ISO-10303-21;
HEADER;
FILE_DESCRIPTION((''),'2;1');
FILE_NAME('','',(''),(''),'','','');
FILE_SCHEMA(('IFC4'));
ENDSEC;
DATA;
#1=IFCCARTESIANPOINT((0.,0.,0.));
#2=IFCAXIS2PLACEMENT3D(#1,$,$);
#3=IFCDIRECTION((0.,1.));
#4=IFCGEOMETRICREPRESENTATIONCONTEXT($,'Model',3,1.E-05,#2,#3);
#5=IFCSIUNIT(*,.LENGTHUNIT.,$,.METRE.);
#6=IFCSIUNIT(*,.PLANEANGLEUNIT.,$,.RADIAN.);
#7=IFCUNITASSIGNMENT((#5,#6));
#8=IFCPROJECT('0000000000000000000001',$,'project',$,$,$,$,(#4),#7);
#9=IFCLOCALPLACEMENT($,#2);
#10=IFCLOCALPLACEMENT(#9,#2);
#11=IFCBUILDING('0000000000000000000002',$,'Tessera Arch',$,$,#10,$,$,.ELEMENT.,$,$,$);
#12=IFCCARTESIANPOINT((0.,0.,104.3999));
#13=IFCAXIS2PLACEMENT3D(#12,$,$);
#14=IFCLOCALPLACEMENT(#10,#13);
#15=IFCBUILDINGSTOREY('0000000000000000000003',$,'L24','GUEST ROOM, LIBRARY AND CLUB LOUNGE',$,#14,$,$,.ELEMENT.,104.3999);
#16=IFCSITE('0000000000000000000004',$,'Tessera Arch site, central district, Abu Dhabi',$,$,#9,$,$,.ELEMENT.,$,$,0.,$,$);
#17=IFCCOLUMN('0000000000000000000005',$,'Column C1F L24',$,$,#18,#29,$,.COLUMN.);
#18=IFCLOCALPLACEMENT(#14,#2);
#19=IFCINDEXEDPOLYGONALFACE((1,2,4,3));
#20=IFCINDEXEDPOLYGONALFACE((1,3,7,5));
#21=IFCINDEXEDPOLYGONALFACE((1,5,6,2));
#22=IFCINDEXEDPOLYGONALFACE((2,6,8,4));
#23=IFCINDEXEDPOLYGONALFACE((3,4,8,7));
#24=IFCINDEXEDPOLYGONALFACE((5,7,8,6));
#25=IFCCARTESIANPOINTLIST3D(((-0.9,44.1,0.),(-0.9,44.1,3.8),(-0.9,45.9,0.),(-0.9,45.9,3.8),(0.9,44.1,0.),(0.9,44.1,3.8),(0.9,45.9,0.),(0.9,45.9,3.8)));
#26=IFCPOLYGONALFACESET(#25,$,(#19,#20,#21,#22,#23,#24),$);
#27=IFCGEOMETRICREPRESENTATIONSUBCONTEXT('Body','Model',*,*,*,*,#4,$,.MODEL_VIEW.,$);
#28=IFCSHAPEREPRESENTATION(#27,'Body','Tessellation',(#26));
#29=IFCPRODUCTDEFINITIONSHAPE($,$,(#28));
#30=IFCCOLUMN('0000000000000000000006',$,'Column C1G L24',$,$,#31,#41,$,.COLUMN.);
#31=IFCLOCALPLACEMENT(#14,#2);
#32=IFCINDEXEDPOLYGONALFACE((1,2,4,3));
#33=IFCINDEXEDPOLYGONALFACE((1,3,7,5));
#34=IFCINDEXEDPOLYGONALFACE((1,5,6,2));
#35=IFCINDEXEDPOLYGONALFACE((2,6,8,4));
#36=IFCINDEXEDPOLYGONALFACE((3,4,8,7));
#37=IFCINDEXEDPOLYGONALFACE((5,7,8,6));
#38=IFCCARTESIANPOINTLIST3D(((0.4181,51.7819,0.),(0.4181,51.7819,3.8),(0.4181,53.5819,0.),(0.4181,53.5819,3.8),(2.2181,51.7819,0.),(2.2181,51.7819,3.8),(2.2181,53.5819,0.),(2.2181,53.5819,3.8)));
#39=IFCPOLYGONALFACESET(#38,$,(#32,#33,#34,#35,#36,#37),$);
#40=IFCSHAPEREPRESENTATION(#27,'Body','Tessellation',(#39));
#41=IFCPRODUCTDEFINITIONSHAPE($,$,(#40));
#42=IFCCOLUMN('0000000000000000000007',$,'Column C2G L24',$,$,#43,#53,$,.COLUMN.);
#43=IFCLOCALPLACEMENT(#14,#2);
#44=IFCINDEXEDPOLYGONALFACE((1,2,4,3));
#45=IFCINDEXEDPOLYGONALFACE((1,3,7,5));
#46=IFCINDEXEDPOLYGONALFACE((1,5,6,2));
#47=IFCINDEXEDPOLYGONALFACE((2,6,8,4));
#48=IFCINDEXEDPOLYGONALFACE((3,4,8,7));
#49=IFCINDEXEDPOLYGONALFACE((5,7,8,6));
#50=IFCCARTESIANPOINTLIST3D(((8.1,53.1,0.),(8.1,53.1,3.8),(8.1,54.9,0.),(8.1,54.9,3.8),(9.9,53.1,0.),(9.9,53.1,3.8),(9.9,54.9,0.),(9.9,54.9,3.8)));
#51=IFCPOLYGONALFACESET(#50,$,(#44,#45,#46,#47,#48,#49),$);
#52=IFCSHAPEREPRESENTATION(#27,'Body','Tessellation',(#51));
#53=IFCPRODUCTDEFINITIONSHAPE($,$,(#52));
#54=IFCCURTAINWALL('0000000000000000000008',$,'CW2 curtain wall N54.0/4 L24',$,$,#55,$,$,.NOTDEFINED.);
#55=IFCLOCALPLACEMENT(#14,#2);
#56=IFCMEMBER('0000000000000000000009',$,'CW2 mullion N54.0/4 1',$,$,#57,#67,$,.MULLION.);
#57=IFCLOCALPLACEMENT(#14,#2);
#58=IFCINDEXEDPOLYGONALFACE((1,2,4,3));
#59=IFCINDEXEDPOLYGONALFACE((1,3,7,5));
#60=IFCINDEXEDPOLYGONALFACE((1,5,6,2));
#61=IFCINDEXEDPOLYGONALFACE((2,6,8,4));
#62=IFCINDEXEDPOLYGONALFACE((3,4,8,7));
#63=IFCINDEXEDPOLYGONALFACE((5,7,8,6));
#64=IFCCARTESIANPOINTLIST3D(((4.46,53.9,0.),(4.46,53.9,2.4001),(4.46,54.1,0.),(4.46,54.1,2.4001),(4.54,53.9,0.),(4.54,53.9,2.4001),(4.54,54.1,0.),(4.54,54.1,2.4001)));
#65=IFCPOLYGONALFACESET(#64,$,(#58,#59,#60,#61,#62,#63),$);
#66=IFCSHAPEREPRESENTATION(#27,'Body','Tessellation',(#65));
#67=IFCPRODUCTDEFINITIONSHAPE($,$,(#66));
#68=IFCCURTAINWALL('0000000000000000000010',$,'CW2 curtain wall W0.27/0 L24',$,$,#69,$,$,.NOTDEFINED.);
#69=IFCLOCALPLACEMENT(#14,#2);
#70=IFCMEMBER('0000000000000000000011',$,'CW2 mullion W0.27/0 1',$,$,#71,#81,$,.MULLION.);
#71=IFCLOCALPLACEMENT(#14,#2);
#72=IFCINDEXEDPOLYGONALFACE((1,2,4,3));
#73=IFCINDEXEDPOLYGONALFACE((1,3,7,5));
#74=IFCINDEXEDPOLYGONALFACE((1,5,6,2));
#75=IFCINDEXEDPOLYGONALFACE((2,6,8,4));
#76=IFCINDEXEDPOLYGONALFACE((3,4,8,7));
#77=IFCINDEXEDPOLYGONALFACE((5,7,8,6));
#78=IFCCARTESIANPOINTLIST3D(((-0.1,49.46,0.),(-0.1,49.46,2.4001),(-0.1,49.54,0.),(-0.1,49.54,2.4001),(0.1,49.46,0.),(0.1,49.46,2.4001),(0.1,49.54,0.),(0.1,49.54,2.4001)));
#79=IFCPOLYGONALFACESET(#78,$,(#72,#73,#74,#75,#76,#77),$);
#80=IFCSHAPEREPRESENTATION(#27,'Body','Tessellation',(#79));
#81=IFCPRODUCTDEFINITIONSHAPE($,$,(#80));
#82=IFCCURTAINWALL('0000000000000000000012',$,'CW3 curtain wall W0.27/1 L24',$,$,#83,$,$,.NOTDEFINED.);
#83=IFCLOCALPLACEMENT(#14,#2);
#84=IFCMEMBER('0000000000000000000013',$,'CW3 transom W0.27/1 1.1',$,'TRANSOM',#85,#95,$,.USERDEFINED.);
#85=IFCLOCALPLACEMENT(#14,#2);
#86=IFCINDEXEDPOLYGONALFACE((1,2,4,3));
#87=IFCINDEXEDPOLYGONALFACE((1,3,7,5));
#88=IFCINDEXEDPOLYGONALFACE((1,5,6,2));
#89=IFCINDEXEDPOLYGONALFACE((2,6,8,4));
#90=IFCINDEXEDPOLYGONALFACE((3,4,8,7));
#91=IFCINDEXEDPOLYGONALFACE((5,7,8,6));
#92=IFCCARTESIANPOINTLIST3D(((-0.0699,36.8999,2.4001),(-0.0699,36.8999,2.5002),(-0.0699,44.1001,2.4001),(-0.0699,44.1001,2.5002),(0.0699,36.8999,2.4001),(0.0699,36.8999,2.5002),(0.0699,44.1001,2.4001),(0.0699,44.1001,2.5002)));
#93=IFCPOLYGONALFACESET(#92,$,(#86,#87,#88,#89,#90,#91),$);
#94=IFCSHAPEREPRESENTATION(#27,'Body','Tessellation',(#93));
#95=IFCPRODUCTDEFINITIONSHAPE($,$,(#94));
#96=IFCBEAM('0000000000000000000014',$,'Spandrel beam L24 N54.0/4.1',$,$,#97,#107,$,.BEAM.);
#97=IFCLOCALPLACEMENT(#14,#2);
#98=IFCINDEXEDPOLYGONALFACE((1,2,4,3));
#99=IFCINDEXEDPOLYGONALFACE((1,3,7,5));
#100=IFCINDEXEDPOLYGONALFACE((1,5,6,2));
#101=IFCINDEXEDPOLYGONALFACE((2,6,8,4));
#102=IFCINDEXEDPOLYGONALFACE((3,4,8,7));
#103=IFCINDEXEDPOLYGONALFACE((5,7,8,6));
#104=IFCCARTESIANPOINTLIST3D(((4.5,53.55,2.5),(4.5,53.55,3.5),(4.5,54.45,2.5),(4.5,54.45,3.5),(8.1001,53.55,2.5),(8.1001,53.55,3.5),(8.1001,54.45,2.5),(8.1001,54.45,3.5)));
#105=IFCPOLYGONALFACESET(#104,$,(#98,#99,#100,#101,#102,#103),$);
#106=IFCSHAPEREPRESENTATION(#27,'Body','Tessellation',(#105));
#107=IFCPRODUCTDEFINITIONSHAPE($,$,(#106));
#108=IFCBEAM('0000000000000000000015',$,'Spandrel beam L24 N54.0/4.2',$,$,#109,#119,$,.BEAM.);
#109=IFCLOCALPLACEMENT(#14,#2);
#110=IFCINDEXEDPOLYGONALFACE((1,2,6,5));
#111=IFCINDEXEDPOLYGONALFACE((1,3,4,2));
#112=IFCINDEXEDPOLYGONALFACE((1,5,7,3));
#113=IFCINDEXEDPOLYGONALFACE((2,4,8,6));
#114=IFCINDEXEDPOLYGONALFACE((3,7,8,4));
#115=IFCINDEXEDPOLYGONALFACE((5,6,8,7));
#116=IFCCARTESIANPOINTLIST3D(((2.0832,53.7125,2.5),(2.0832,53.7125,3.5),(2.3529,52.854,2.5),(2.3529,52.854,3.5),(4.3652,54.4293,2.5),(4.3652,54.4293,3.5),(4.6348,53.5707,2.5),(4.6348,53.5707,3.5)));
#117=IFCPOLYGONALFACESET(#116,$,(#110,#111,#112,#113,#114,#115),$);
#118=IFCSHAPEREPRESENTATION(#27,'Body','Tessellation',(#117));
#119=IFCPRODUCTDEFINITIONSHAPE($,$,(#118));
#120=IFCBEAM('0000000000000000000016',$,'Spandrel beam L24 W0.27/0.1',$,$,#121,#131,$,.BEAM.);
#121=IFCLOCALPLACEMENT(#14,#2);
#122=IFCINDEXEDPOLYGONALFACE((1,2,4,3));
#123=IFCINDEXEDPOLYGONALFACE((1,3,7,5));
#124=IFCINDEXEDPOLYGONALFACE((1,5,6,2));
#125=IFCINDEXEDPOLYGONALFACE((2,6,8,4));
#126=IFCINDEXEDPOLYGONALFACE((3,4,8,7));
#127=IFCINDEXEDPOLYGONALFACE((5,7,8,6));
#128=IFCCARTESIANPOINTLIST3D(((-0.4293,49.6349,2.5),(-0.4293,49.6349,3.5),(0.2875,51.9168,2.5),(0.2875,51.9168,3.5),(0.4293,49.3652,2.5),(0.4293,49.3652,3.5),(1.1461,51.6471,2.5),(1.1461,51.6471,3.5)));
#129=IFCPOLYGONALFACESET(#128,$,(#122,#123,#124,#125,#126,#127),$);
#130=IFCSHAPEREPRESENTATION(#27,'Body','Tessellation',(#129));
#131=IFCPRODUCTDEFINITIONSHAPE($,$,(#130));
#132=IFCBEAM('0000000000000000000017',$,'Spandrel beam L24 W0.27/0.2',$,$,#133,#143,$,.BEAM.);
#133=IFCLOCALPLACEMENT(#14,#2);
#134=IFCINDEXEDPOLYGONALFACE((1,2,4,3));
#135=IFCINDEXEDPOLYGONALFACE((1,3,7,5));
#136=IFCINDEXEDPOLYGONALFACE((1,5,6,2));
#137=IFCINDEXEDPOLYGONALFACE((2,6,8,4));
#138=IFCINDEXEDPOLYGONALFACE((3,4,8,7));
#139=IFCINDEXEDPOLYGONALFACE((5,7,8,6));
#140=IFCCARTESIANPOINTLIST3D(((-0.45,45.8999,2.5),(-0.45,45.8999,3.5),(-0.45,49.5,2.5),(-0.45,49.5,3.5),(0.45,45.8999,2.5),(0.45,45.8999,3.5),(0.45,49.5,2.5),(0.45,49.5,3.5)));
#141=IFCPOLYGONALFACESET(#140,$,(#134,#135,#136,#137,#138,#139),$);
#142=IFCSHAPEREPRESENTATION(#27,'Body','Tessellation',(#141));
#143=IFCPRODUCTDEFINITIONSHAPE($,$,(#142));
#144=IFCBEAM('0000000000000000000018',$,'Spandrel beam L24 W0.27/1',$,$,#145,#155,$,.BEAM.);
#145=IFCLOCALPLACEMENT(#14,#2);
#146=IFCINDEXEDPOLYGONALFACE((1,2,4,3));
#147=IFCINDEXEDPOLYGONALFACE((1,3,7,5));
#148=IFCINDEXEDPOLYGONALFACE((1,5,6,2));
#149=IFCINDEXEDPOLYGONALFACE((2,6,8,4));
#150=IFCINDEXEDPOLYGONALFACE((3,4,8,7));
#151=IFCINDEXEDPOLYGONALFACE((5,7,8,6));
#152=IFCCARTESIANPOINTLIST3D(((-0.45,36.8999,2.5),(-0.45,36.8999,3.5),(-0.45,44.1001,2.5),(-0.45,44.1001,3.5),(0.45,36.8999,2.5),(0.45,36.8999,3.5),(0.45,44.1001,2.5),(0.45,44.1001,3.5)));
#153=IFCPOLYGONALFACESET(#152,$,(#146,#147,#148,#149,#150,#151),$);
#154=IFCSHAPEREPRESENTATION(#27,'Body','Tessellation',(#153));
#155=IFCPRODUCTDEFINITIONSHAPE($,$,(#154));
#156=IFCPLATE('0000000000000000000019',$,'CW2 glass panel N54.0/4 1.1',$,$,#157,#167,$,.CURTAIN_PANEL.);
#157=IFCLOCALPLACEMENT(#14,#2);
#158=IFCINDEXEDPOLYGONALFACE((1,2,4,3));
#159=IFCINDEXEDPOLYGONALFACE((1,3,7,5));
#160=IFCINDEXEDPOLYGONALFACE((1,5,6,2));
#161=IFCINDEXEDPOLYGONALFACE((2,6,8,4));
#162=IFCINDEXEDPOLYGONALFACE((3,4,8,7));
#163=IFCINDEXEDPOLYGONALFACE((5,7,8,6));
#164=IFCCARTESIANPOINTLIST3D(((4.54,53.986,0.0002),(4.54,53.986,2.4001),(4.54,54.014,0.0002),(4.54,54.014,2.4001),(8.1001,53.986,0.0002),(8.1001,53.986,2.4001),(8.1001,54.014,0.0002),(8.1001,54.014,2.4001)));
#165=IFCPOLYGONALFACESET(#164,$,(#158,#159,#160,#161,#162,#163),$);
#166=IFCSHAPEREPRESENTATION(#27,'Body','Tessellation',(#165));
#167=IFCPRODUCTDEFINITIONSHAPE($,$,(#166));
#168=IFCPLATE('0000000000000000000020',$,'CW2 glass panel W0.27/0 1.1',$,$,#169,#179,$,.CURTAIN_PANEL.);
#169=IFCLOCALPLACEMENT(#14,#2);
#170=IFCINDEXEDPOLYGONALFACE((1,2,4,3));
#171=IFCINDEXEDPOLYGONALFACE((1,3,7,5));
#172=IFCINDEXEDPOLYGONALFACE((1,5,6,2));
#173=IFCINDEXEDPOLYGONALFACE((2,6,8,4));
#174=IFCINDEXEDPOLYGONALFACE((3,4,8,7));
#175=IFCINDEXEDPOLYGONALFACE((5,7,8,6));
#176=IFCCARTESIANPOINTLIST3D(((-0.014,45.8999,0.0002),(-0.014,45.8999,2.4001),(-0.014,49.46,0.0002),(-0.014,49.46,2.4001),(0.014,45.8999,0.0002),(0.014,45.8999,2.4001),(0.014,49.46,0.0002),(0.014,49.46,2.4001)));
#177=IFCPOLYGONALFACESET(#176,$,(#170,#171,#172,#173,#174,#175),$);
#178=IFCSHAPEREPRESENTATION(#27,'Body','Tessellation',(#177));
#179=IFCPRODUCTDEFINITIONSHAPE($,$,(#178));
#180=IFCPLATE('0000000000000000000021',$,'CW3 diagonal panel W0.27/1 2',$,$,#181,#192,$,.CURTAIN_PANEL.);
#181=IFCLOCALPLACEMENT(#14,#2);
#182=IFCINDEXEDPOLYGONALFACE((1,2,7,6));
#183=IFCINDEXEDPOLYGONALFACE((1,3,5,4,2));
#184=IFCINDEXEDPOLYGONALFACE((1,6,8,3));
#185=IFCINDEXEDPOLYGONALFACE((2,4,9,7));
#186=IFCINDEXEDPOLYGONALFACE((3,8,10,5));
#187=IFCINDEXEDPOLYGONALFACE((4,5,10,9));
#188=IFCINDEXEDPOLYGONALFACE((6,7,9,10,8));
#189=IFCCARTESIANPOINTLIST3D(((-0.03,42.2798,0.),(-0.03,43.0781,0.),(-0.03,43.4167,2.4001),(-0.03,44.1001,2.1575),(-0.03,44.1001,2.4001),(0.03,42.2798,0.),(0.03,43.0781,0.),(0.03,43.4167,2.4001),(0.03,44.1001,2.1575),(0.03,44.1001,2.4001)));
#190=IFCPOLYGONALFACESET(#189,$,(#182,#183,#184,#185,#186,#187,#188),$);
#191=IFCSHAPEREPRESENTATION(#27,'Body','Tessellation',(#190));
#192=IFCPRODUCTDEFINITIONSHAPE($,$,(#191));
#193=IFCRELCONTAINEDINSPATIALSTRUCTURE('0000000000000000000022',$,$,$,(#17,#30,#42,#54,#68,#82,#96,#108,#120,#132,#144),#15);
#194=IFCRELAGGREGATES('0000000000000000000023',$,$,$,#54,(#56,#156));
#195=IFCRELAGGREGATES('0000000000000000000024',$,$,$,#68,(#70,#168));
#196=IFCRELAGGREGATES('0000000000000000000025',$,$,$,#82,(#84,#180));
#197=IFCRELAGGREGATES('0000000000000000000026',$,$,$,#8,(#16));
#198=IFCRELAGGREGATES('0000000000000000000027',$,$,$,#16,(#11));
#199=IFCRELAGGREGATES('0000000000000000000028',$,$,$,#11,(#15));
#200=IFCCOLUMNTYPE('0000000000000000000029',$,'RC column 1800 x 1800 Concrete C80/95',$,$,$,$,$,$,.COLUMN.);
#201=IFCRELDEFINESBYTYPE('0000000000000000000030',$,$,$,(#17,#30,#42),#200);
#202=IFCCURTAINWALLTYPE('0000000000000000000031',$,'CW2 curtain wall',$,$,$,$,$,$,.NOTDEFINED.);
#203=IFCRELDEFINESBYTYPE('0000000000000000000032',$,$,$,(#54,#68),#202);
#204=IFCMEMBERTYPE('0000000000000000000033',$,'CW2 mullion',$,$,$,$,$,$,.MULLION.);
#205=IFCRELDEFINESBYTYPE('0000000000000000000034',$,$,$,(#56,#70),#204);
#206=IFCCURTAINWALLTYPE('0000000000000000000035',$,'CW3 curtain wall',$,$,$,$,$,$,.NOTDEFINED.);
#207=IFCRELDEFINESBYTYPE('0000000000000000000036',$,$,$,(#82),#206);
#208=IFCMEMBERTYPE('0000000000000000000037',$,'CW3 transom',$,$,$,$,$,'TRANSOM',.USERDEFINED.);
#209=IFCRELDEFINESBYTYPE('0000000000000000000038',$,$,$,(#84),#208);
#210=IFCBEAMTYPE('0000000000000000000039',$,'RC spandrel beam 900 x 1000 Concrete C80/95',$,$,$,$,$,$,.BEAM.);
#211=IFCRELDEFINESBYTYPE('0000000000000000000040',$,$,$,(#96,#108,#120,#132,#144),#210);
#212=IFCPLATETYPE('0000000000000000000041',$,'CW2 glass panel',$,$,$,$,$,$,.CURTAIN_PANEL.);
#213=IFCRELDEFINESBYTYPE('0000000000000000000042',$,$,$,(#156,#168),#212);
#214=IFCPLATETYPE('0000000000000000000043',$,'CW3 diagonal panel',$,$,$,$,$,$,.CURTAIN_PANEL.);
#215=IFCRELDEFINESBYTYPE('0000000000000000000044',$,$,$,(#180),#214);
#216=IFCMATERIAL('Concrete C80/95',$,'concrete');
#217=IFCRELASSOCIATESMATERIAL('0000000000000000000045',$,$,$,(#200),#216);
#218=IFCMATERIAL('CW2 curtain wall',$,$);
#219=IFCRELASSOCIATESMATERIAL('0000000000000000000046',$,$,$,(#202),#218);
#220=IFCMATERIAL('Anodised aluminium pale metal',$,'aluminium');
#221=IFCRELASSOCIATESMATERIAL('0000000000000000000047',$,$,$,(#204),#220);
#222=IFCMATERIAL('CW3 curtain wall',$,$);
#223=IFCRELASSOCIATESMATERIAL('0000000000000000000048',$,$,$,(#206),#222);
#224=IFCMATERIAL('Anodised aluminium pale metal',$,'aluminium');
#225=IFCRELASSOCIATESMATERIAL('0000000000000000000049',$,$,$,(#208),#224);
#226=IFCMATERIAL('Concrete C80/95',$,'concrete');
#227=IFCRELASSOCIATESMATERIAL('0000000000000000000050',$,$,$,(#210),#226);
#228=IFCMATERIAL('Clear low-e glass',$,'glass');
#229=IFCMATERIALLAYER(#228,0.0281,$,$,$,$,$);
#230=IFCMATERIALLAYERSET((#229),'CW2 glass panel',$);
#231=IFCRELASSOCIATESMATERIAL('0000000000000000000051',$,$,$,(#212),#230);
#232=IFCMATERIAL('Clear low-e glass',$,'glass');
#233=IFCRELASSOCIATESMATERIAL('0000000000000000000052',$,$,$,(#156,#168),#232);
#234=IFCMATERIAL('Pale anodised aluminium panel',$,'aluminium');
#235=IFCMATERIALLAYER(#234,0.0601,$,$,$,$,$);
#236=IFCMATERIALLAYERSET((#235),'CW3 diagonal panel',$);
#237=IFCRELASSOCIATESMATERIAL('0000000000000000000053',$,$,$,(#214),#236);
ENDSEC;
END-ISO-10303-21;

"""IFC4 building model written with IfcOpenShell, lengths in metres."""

from ifc_helpers import new_model, si_unit, direction, frame, origin, origin_2d, place, context, subcontext, project, spatial, polyline, rectangle, outline, extrude, material, layer, layer_set, material_profile, profile_set, type_object, element, aggregate, save


model = new_model("IFC4")

# Units and contexts
model_context = context("Model", 3, precision=1e-05, world=origin(), true_north=direction((0.0, 1.0)))
body_context = subcontext(model_context, "Body", "Model", "MODEL_VIEW")
ifc_project = project(units=[si_unit("LENGTHUNIT", "METRE"), si_unit("PLANEANGLEUNIT", "RADIAN")], contexts=[model_context])

# Site, building, storey
site_placement = place(None, origin())
site = spatial("IfcSite", under=ifc_project, at=site_placement, Name="Tessera Arch site, central district, Abu Dhabi", CompositionType="ELEMENT", RefElevation=0.0)
building_placement = place(site_placement, origin())
building = spatial("IfcBuilding", under=site, at=building_placement, Name="Tessera Arch", CompositionType="ELEMENT")
storey_placement = place(building_placement, frame((0.0, 0.0, 104.3999)))
storey = spatial("IfcBuildingStorey", under=building, at=storey_placement, Name="L24", Description="GUEST ROOM, LIBRARY AND CLUB LOUNGE", CompositionType="ELEMENT", Elevation=104.3999)

# Columns
ifc_material_1 = material(Name="Concrete C80/95", Category="concrete")
ifc_material_profile_1 = material_profile(ifc_material_1, rectangle(XDim=1.8, YDim=1.8, at=origin_2d()), Name="RC column 1800 x 1800 Concrete C80/95")
ifc_profile_set_1 = profile_set([ifc_material_profile_1], Name="Concrete C80/95")
column_type = type_object("IfcColumnType", Name="RC column 1800 x 1800 Concrete C80/95", PredefinedType="COLUMN", material=ifc_profile_set_1)
for number, where, z_axis, x_axis, name in (
    (1, (0.0, 45.0, 0.0), (0.0, 0.0, 1.0), (1.0, 0.0, 0.0), "Column C1F L24"),
    (2, (1.3181, 52.6819, 0.0), (0.0, 0.0, 1.0), (1.0, 0.0, 0.0), "Column C1G L24"),
    (3, (9.0, 54.0, 0.0), (0.0, 0.0, 1.0), (1.0, 0.0, 0.0), "Column C2G L24"),
):
    element("IfcColumn", number, at=place(storey_placement, frame(where, z_axis=z_axis, x_axis=x_axis)), inside=storey, type_object=column_type, Name=name, PredefinedType="COLUMN", context=body_context, shape_type="SweptSolid", body=[
        extrude(rectangle(XDim=1.8, YDim=1.8, at=origin_2d()), origin(), (0.0, 0.0, 1.0), 3.8),
    ])

# Curtain walls, members
ifc_material_2 = material(Name="CW2 curtain wall")
curtain_wall_type_1 = type_object("IfcCurtainWallType", Name="CW2 curtain wall", PredefinedType="NOTDEFINED", material=ifc_material_2)
curtain_wall_1_placement = place(storey_placement, origin())
curtain_wall_1 = element("IfcCurtainWall", 4, at=curtain_wall_1_placement, inside=storey, type_object=curtain_wall_type_1, Name="CW2 curtain wall N54.0/4 L24", PredefinedType="NOTDEFINED")
ifc_material_3 = material(Name="Anodised aluminium pale metal", Category="aluminium")
ifc_material_profile_2 = material_profile(ifc_material_3, rectangle(XDim=0.2, YDim=0.0801, at=origin_2d()), Name="AL 80x200")
ifc_profile_set_2 = profile_set([ifc_material_profile_2], Name="Anodised aluminium pale metal")
member_type_1 = type_object("IfcMemberType", Name="CW2 mullion", PredefinedType="MULLION", material=ifc_profile_set_2)
member_1_placement = place(storey_placement, frame((4.5, 54.0, 0.0), z_axis=(0.0, 0.0, 1.0), x_axis=(0.0, -1.0, 0.0)))
member_1 = element("IfcMember", 5, at=member_1_placement, type_object=member_type_1, Name="CW2 mullion N54.0/4 1", PredefinedType="MULLION", context=body_context, shape_type="SweptSolid", body=[
    extrude(rectangle(XDim=0.2, YDim=0.0801, at=origin_2d()), origin(), (0.0, 0.0, 1.0), 2.4001),
])
curtain_wall_2_placement = place(storey_placement, origin())
curtain_wall_2 = element("IfcCurtainWall", 6, at=curtain_wall_2_placement, inside=storey, type_object=curtain_wall_type_1, Name="CW2 curtain wall W0.27/0 L24", PredefinedType="NOTDEFINED")
member_2_placement = place(storey_placement, frame((0.0, 49.5, 0.0), z_axis=(0.0, 0.0, 1.0), x_axis=(1.0, 0.0, 0.0)))
member_2 = element("IfcMember", 7, at=member_2_placement, type_object=member_type_1, Name="CW2 mullion W0.27/0 1", PredefinedType="MULLION", context=body_context, shape_type="SweptSolid", body=[
    extrude(rectangle(XDim=0.2, YDim=0.0801, at=origin_2d()), origin(), (0.0, 0.0, 1.0), 2.4001),
])
ifc_material_4 = material(Name="CW3 curtain wall")
curtain_wall_type_2 = type_object("IfcCurtainWallType", Name="CW3 curtain wall", PredefinedType="NOTDEFINED", material=ifc_material_4)
curtain_wall_3_placement = place(storey_placement, origin())
curtain_wall_3 = element("IfcCurtainWall", 8, at=curtain_wall_3_placement, inside=storey, type_object=curtain_wall_type_2, Name="CW3 curtain wall W0.27/1 L24", PredefinedType="NOTDEFINED")
ifc_material_5 = material(Name="Anodised aluminium pale metal", Category="aluminium")
ifc_material_profile_3 = material_profile(ifc_material_5, rectangle(XDim=0.1399, YDim=0.1001, at=origin_2d()), Name="AL 140x100")
ifc_profile_set_3 = profile_set([ifc_material_profile_3], Name="Anodised aluminium pale metal")
member_type_2 = type_object("IfcMemberType", Name="CW3 transom", ElementType="TRANSOM", PredefinedType="USERDEFINED", material=ifc_profile_set_3)
member_3_placement = place(storey_placement, frame((0.0, 44.1001, 2.4502), z_axis=(0.0, -1.0, 0.0), x_axis=(1.0, 0.0, 0.0)))
member_3 = element("IfcMember", 9, at=member_3_placement, type_object=member_type_2, Name="CW3 transom W0.27/1 1.1", ObjectType="TRANSOM", PredefinedType="USERDEFINED", context=body_context, shape_type="SweptSolid", body=[
    extrude(rectangle(XDim=0.1399, YDim=0.1001, at=origin_2d()), origin(), (0.0, 0.0, 1.0), 7.2002),
])

# Beams
ifc_material_6 = material(Name="Concrete C80/95", Category="concrete")
ifc_material_profile_4 = material_profile(ifc_material_6, rectangle(XDim=0.8999, YDim=1.0, at=origin_2d()), Name="RC spandrel beam 900 x 1000 Concrete C80/95")
ifc_profile_set_4 = profile_set([ifc_material_profile_4], Name="Concrete C80/95")
beam_type = type_object("IfcBeamType", Name="RC spandrel beam 900 x 1000 Concrete C80/95", PredefinedType="BEAM", material=ifc_profile_set_4)
beam_1_placement = place(storey_placement, frame((8.1001, 54.0, 3.0), z_axis=(-1.0, 0.0, 0.0), x_axis=(0.0, -1.0, 0.0)))
element("IfcBeam", 10, at=beam_1_placement, inside=storey, type_object=beam_type, Name="Spandrel beam L24 N54.0/4.1", PredefinedType="BEAM", context=body_context, shape_type="SweptSolid", body=[
    extrude(rectangle(XDim=0.8999, YDim=1.0, at=origin_2d()), origin(), (0.0, 0.0, 1.0), 3.6001),
])
for number, where, z_axis, x_axis, name in (
    (11, (4.5, 54.0, 3.0), (-0.954041, -0.299675, 0.0), (0.299675, -0.954041, 0.0), "Spandrel beam L24 N54.0/4.2"),
    (12, (0.7168, 51.782, 3.0), (-0.299675, -0.954041, 0.0), (0.954041, -0.299675, 0.0), "Spandrel beam L24 W0.27/0.1"),
):
    element("IfcBeam", number, at=place(storey_placement, frame(where, z_axis=z_axis, x_axis=x_axis)), inside=storey, type_object=beam_type, Name=name, PredefinedType="BEAM", context=body_context, shape_type="SweptSolid", body=[
        extrude(rectangle(XDim=0.8999, YDim=1.0, at=origin_2d()), origin(), (0.0, 0.0, 1.0), 2.3918),
    ])
beam_2_placement = place(storey_placement, frame((0.0, 49.5, 3.0), z_axis=(0.0, -1.0, 0.0), x_axis=(1.0, 0.0, 0.0)))
element("IfcBeam", 13, at=beam_2_placement, inside=storey, type_object=beam_type, Name="Spandrel beam L24 W0.27/0.2", PredefinedType="BEAM", context=body_context, shape_type="SweptSolid", body=[
    extrude(rectangle(XDim=0.8999, YDim=1.0, at=origin_2d()), origin(), (0.0, 0.0, 1.0), 3.6001),
])
beam_3_placement = place(storey_placement, frame((0.0, 44.1001, 3.0), z_axis=(0.0, -1.0, 0.0), x_axis=(1.0, 0.0, 0.0)))
element("IfcBeam", 14, at=beam_3_placement, inside=storey, type_object=beam_type, Name="Spandrel beam L24 W0.27/1", PredefinedType="BEAM", context=body_context, shape_type="SweptSolid", body=[
    extrude(rectangle(XDim=0.8999, YDim=1.0, at=origin_2d()), origin(), (0.0, 0.0, 1.0), 7.2002),
])

# Plates
ifc_material_7 = material(Name="Clear low-e glass", Category="glass")
ifc_material_8 = material(Name="Clear low-e glass", Category="glass")
ifc_layer_1 = layer(ifc_material_8, 0.0281)
ifc_layer_set_1 = layer_set([ifc_layer_1], Name="CW2 glass panel")
plate_type_1 = type_object("IfcPlateType", Name="CW2 glass panel", PredefinedType="CURTAIN_PANEL", material=ifc_layer_set_1)
plate_1_placement = place(storey_placement, frame((6.3201, 54.0, 0.0002), z_axis=(0.0, 0.0, 1.0), x_axis=(-1.0, 0.0, 0.0)))
plate_1 = element("IfcPlate", 15, at=plate_1_placement, type_object=plate_type_1, material=ifc_material_7, Name="CW2 glass panel N54.0/4 1.1", PredefinedType="CURTAIN_PANEL", context=body_context, shape_type="SweptSolid", body=[
    extrude(rectangle(XDim=3.5601, YDim=0.0281, at=origin_2d()), origin(), (0.0, 0.0, 1.0), 2.3999),
])
aggregate(curtain_wall_1, [member_1, plate_1])
plate_2_placement = place(storey_placement, frame((0.0, 47.6799, 0.0002), z_axis=(0.0, 0.0, 1.0), x_axis=(0.0, -1.0, 0.0)))
plate_2 = element("IfcPlate", 16, at=plate_2_placement, type_object=plate_type_1, material=ifc_material_7, Name="CW2 glass panel W0.27/0 1.1", PredefinedType="CURTAIN_PANEL", context=body_context, shape_type="SweptSolid", body=[
    extrude(rectangle(XDim=3.5601, YDim=0.0281, at=origin_2d()), origin(), (0.0, 0.0, 1.0), 2.3999),
])
aggregate(curtain_wall_2, [member_2, plate_2])
ifc_material_9 = material(Name="Pale anodised aluminium panel", Category="aluminium")
ifc_layer_2 = layer(ifc_material_9, 0.0601)
ifc_layer_set_2 = layer_set([ifc_layer_2], Name="CW3 diagonal panel")
plate_type_2 = type_object("IfcPlateType", Name="CW3 diagonal panel", PredefinedType="CURTAIN_PANEL", material=ifc_layer_set_2)
plate_3_placement = place(storey_placement, frame((-0.03, 44.1001, 2.4001), z_axis=(-1.0, 0.0, 0.0), x_axis=(0.0, 0.0, -1.0)))
plate_3 = element("IfcPlate", 17, at=plate_3_placement, type_object=plate_type_2, Name="CW3 diagonal panel W0.27/1 2", PredefinedType="CURTAIN_PANEL", context=body_context, shape_type="SweptSolid", body=[
    extrude(outline(polyline([(0.0, 0.0), (0.2427, 0.0), (2.4001, 1.022), (2.4001, 1.8203), (0.0, 0.6833), (0.0, 0.0)])), origin(), (0.0, 0.0, -1.0), 0.0601),
])
aggregate(curtain_wall_3, [member_3, plate_3])

save(model, "model.ifc")
